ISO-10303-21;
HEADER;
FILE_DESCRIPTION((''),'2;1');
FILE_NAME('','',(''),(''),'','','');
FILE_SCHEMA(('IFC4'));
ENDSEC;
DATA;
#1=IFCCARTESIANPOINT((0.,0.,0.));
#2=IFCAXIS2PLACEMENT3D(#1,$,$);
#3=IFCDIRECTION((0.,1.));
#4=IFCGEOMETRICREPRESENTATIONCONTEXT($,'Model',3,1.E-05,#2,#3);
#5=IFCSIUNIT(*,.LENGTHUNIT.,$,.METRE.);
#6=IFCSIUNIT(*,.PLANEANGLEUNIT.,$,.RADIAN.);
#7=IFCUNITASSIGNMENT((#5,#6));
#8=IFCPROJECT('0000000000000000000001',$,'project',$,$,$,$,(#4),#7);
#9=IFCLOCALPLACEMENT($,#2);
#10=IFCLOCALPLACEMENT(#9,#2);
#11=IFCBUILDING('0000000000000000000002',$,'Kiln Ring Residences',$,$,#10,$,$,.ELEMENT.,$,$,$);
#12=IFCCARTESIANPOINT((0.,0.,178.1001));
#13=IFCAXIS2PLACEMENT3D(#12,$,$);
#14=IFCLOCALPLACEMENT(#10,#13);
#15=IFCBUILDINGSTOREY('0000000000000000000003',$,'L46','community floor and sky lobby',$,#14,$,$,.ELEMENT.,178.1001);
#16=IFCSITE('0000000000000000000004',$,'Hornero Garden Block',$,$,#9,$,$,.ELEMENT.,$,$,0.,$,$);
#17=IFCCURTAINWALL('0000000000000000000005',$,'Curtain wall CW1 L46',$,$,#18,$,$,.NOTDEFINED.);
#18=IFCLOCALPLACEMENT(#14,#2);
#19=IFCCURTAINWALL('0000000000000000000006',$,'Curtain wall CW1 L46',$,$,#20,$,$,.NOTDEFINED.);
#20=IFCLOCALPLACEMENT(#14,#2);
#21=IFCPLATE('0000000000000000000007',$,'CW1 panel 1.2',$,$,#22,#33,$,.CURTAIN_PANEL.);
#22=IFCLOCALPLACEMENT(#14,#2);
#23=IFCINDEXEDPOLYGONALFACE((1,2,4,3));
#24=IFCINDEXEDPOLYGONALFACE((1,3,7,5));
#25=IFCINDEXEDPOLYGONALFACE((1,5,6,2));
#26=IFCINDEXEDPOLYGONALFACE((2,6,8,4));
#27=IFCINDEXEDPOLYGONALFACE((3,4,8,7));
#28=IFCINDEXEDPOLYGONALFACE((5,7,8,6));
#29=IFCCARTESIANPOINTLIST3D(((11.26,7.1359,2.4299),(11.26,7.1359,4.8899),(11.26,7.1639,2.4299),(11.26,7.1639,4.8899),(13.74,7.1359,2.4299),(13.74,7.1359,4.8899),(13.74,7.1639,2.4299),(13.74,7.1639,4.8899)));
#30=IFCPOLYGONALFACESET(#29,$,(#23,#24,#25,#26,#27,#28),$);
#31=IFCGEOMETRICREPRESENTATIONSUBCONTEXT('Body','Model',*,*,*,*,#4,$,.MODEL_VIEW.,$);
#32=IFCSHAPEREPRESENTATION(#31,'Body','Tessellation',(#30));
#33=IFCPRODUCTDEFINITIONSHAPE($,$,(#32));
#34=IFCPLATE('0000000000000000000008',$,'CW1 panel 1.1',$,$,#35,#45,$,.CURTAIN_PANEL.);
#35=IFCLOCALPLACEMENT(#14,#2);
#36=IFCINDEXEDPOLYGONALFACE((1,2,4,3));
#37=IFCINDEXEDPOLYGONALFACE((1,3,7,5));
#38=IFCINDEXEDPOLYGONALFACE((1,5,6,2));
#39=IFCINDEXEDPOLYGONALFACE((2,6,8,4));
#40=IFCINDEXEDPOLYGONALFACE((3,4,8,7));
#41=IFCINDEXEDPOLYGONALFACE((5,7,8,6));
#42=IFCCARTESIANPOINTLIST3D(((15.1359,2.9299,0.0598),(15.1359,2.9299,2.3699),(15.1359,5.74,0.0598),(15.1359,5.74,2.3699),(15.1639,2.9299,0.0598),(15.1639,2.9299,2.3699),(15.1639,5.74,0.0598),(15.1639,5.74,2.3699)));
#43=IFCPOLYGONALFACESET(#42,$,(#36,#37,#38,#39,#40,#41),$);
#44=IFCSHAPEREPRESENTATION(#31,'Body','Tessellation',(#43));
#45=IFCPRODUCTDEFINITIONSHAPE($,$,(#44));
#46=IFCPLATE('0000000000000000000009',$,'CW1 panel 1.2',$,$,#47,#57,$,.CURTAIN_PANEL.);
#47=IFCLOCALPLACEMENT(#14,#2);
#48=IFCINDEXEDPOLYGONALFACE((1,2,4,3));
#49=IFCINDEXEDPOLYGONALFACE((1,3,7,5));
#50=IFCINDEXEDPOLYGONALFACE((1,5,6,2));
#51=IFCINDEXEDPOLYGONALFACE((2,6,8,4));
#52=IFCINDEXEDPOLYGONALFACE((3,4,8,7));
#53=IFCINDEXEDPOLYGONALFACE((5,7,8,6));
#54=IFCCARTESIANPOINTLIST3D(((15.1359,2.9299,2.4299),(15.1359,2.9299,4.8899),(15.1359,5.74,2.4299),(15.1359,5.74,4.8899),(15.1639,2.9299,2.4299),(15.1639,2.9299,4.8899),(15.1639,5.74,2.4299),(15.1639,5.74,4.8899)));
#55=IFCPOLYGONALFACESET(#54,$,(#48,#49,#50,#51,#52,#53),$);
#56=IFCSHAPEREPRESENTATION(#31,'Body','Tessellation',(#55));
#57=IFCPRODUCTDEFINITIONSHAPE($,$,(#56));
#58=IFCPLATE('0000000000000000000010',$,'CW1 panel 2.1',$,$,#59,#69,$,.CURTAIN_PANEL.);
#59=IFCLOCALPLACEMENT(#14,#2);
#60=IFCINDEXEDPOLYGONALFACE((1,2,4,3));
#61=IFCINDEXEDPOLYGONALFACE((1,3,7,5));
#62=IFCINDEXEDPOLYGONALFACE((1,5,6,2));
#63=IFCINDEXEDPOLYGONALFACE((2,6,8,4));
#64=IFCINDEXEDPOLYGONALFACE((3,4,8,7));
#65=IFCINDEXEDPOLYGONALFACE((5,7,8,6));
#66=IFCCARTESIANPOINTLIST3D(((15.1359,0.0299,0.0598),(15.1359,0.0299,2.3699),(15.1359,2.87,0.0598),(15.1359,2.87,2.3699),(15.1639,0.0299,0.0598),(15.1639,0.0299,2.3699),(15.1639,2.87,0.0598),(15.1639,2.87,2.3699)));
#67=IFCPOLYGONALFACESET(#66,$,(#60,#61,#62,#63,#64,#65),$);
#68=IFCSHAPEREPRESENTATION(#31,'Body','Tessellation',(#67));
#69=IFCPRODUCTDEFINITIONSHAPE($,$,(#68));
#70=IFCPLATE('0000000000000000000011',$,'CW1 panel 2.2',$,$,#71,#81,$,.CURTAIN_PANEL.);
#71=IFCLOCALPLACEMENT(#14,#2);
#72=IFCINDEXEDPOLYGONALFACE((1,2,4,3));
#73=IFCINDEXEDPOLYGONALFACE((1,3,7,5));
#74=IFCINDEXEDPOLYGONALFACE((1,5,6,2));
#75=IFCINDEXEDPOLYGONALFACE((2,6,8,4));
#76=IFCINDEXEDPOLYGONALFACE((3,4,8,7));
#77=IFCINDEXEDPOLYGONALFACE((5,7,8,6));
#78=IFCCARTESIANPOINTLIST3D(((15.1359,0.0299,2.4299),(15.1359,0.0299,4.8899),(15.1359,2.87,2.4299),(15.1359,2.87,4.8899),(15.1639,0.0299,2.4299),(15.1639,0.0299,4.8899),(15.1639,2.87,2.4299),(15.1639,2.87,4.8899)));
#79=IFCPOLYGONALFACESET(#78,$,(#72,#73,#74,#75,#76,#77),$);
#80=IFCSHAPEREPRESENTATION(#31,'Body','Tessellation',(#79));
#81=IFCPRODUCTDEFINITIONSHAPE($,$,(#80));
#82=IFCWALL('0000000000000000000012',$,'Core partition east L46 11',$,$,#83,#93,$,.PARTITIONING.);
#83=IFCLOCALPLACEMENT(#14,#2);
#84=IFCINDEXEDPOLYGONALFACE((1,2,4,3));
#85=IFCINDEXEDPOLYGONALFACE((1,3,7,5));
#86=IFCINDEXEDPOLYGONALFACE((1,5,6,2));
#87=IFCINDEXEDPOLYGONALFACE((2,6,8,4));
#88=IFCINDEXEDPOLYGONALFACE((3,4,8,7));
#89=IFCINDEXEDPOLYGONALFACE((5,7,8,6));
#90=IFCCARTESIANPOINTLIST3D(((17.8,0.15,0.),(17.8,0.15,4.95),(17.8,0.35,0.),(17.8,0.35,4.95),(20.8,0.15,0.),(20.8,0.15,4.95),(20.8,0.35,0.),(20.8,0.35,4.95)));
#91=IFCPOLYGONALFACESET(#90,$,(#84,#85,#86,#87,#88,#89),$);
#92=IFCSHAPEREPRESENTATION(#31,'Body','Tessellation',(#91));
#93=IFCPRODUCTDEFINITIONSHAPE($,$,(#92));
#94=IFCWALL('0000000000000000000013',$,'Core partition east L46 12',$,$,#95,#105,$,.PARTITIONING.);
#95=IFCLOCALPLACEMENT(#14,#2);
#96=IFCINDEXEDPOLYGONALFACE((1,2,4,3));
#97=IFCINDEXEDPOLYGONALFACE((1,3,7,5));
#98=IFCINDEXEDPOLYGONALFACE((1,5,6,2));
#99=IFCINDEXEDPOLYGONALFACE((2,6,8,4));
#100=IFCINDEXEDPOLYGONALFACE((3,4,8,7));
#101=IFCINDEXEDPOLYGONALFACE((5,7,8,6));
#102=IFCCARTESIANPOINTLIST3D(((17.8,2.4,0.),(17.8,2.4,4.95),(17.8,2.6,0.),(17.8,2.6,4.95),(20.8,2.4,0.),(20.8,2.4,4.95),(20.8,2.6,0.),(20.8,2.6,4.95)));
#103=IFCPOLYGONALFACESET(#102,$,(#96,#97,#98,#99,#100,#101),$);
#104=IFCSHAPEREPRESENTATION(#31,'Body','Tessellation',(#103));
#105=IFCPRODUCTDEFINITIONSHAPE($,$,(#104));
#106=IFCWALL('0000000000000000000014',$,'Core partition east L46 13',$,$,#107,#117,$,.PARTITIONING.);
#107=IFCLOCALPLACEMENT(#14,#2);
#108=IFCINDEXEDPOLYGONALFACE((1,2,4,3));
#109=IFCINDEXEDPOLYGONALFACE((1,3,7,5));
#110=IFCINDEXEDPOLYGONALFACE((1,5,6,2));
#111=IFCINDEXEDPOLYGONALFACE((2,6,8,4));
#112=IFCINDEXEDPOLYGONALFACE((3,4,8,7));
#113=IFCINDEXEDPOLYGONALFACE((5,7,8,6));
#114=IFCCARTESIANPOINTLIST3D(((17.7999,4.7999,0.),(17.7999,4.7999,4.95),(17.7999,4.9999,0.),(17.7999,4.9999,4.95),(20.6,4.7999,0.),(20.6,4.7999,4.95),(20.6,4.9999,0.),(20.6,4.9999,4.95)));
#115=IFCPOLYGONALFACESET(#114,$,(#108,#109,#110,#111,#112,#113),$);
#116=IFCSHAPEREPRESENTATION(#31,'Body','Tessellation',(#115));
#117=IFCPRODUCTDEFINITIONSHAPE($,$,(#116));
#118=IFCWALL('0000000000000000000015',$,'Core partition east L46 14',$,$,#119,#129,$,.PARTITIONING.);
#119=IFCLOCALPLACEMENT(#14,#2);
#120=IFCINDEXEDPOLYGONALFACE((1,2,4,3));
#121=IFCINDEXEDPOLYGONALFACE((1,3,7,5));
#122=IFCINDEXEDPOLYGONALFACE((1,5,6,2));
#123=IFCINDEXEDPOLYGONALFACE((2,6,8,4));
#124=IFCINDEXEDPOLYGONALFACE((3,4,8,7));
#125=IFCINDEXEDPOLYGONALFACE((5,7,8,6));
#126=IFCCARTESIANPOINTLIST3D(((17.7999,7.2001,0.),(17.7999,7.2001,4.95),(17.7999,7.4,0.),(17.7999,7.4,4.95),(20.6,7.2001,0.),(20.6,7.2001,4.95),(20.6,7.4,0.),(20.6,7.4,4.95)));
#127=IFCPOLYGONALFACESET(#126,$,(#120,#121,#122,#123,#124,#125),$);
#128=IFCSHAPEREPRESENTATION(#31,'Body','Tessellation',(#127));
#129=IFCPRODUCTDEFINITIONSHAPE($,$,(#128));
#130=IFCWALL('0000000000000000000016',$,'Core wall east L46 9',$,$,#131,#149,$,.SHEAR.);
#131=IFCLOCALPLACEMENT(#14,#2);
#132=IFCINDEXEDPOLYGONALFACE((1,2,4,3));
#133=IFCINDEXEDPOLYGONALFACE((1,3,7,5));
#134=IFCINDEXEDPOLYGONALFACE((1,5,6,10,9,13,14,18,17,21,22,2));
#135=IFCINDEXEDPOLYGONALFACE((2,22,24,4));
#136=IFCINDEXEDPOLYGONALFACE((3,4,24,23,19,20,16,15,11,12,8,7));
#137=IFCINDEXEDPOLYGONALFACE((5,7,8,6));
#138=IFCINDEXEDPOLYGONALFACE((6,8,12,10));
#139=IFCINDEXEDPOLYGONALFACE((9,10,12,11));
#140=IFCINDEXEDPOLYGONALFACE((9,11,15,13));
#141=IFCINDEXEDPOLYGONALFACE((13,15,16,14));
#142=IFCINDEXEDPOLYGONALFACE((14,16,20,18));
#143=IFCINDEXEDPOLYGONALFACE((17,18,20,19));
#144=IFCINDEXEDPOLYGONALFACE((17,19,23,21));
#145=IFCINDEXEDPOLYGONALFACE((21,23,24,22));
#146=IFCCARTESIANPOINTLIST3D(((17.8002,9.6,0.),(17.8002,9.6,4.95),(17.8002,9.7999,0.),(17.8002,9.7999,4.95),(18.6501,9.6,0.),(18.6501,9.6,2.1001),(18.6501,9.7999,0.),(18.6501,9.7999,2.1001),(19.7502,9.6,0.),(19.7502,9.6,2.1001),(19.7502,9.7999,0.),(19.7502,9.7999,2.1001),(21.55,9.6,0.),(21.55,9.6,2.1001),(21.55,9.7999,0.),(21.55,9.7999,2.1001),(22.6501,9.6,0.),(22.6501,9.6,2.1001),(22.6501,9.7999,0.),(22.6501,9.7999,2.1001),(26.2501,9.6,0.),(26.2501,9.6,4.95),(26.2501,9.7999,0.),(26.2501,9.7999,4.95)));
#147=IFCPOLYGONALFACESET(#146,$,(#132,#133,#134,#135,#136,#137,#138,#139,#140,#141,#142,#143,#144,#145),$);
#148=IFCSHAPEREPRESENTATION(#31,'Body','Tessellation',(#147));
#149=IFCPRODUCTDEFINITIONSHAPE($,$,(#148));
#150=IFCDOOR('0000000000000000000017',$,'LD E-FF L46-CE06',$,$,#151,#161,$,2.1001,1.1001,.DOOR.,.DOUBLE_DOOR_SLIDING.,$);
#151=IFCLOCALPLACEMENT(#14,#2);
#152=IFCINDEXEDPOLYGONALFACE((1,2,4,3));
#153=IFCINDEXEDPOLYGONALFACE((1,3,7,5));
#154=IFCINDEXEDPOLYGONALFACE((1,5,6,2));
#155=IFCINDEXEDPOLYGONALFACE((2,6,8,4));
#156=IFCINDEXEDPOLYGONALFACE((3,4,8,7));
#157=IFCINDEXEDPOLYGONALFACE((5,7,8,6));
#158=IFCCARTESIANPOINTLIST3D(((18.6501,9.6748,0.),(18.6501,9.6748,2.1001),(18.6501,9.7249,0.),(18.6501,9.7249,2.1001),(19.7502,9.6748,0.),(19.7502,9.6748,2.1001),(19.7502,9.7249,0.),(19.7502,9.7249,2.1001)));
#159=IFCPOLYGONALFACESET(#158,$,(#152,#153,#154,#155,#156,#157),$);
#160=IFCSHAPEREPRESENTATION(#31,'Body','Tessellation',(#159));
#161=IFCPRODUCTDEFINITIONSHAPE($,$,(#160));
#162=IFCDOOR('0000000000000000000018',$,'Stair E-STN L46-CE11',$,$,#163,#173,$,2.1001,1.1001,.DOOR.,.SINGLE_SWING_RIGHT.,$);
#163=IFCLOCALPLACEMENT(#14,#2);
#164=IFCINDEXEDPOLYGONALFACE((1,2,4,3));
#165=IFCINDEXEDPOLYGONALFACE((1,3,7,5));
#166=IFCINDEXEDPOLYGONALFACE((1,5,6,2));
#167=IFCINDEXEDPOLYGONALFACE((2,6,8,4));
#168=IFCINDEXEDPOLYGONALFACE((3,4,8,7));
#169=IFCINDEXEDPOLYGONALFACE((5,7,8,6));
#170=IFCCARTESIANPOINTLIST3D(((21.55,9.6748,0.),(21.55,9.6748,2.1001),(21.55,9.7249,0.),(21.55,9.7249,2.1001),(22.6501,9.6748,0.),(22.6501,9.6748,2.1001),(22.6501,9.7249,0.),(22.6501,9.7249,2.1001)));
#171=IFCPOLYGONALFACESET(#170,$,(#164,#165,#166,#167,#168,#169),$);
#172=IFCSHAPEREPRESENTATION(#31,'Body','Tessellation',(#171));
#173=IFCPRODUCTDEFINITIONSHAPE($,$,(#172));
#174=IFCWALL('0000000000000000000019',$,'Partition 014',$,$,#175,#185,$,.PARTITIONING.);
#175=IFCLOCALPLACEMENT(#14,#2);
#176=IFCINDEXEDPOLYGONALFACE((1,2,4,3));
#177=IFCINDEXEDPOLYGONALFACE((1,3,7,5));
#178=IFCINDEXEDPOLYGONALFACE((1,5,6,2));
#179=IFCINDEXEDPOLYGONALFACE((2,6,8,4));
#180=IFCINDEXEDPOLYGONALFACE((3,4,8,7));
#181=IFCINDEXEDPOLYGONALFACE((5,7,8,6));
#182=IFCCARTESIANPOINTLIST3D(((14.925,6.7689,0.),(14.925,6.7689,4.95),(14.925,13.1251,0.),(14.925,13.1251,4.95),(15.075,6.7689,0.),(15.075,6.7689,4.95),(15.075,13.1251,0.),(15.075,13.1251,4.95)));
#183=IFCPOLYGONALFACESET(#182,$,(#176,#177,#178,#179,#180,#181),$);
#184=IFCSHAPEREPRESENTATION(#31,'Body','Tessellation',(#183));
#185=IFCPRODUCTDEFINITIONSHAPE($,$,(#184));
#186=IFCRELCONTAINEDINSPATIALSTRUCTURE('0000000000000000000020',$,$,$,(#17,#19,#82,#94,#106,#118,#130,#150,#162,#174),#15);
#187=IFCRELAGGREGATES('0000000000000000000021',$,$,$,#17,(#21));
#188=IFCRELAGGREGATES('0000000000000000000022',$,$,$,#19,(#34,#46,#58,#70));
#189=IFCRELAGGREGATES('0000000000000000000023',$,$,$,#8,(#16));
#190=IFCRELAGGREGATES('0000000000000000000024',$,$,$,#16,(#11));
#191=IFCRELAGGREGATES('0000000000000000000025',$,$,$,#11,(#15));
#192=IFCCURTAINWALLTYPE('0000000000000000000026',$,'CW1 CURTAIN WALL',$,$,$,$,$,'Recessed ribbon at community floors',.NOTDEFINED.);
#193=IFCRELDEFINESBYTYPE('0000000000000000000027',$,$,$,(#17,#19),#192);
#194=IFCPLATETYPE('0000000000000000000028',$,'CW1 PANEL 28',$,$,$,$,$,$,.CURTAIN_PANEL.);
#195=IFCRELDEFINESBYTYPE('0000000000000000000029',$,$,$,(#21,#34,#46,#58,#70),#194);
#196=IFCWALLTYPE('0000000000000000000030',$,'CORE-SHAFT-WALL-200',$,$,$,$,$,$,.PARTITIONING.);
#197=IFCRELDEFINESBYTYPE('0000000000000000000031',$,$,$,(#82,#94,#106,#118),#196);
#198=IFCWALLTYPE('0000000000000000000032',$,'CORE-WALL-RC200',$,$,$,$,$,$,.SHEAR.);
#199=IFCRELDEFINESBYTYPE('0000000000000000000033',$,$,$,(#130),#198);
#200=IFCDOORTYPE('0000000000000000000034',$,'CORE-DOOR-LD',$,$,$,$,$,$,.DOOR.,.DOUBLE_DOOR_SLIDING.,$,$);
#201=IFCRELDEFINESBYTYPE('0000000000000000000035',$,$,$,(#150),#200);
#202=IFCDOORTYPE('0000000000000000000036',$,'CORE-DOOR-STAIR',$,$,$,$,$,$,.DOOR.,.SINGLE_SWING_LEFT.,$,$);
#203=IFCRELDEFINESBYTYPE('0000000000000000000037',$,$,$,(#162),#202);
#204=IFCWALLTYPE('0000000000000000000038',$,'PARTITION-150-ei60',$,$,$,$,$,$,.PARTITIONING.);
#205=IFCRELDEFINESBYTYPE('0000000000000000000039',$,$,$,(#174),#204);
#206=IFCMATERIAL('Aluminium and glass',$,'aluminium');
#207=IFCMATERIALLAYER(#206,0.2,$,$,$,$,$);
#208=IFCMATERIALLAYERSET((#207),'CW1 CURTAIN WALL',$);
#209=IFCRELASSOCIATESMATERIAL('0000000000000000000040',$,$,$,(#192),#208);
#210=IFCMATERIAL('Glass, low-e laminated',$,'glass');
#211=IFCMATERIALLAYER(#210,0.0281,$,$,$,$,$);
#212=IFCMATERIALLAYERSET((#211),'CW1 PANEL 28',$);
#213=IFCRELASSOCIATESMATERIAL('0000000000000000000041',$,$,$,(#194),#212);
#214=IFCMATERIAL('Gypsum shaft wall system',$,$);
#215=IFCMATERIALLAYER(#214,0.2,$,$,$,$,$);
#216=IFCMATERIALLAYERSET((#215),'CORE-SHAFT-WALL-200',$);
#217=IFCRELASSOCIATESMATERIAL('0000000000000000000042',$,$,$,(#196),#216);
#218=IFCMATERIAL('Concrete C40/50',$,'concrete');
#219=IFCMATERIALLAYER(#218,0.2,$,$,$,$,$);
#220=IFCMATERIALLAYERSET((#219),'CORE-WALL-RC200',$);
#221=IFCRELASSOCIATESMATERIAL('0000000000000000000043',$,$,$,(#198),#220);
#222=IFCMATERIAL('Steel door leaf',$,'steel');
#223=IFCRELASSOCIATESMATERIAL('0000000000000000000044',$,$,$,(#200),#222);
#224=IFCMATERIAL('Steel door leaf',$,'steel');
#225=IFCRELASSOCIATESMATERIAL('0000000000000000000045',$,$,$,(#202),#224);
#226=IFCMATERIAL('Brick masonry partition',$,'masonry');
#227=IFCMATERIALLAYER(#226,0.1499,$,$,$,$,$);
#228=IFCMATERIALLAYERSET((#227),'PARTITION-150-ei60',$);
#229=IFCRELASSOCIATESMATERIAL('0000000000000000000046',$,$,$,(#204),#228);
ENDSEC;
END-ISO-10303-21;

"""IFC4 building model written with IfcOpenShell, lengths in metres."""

from ifc_helpers import new_model, si_unit, direction, frame, frame_2d, origin, origin_2d, place, context, subcontext, project, spatial, rectangle, extrude, material, layer, layer_set, type_object, element, fill, aggregate, save


model = new_model("IFC4")

# Units and contexts
model_context = context("Model", 3, precision=1e-05, world=origin(), true_north=direction((0.0, 1.0)))
body_context = subcontext(model_context, "Body", "Model", "MODEL_VIEW")
ifc_project = project(units=[si_unit("LENGTHUNIT", "METRE"), si_unit("PLANEANGLEUNIT", "RADIAN")], contexts=[model_context])

# Site, building, storey
site_placement = place(None, origin())
site = spatial("IfcSite", under=ifc_project, at=site_placement, Name="Hornero Garden Block", CompositionType="ELEMENT", RefElevation=0.0)
building_placement = place(site_placement, origin())
building = spatial("IfcBuilding", under=site, at=building_placement, Name="Kiln Ring Residences", CompositionType="ELEMENT")
storey_placement = place(building_placement, frame((0.0, 0.0, 178.1001)))
storey = spatial("IfcBuildingStorey", under=building, at=storey_placement, Name="L46", Description="community floor and sky lobby", CompositionType="ELEMENT", Elevation=178.1001)

# Curtain wall
ifc_material_1 = material(Name="Aluminium and glass", Category="aluminium")
ifc_layer_1 = layer(ifc_material_1, 0.2)
ifc_layer_set_1 = layer_set([ifc_layer_1], Name="CW1 CURTAIN WALL")
curtain_wall_type = type_object("IfcCurtainWallType", Name="CW1 CURTAIN WALL", ElementType="Recessed ribbon at community floors", PredefinedType="NOTDEFINED", material=ifc_layer_set_1)
placement = place(storey_placement, origin())
curtain_wall_1 = element("IfcCurtainWall", 1, at=placement, inside=storey, type_object=curtain_wall_type, Name="Curtain wall CW1 L46", PredefinedType="NOTDEFINED")

# Curtain wall
curtain_wall_2 = element("IfcCurtainWall", 2, at=placement, inside=storey, type_object=curtain_wall_type, Name="Curtain wall CW1 L46", PredefinedType="NOTDEFINED")

# Plates
ifc_material_2 = material(Name="Glass, low-e laminated", Category="glass")
ifc_layer_2 = layer(ifc_material_2, 0.0281)
ifc_layer_set_2 = layer_set([ifc_layer_2], Name="CW1 PANEL 28")
plate_type = type_object("IfcPlateType", Name="CW1 PANEL 28", PredefinedType="CURTAIN_PANEL", material=ifc_layer_set_2)
plate_1_placement = place(storey_placement, frame((12.5, 7.1499, 2.4299), z_axis=(0.0, 0.0, 1.0), x_axis=(1.0, 0.0, 0.0)))
plate_1 = element("IfcPlate", 3, at=plate_1_placement, type_object=plate_type, Name="CW1 panel 1.2", PredefinedType="CURTAIN_PANEL", context=body_context, shape_type="SweptSolid", body=[
    extrude(rectangle(XDim=2.48, YDim=0.0281, at=origin_2d()), origin(), (0.0, 0.0, 1.0), 2.46),
])
aggregate(curtain_wall_1, [plate_1])
plate_2_placement = place(storey_placement, frame((15.1499, 4.335, 0.0598), z_axis=(0.0, 0.0, 1.0), x_axis=(0.0, -1.0, 0.0)))
plate_2 = element("IfcPlate", 4, at=plate_2_placement, type_object=plate_type, Name="CW1 panel 1.1", PredefinedType="CURTAIN_PANEL", context=body_context, shape_type="SweptSolid", body=[
    extrude(rectangle(XDim=2.8101, YDim=0.0281, at=origin_2d()), origin(), (0.0, 0.0, 1.0), 2.3101),
])
plate_3_placement = place(storey_placement, frame((15.1499, 4.335, 2.4299), z_axis=(0.0, 0.0, 1.0), x_axis=(0.0, -1.0, 0.0)))
plate_3 = element("IfcPlate", 5, at=plate_3_placement, type_object=plate_type, Name="CW1 panel 1.2", PredefinedType="CURTAIN_PANEL", context=body_context, shape_type="SweptSolid", body=[
    extrude(rectangle(XDim=2.8101, YDim=0.0281, at=origin_2d()), origin(), (0.0, 0.0, 1.0), 2.46),
])
plate_4_placement = place(storey_placement, frame((15.1499, 1.45, 0.0598), z_axis=(0.0, 0.0, 1.0), x_axis=(0.0, -1.0, 0.0)))
plate_4 = element("IfcPlate", 6, at=plate_4_placement, type_object=plate_type, Name="CW1 panel 2.1", PredefinedType="CURTAIN_PANEL", context=body_context, shape_type="SweptSolid", body=[
    extrude(rectangle(XDim=2.8401, YDim=0.0281, at=origin_2d()), origin(), (0.0, 0.0, 1.0), 2.3101),
])
plate_5_placement = place(storey_placement, frame((15.1499, 1.45, 2.4299), z_axis=(0.0, 0.0, 1.0), x_axis=(0.0, -1.0, 0.0)))
plate_5 = element("IfcPlate", 7, at=plate_5_placement, type_object=plate_type, Name="CW1 panel 2.2", PredefinedType="CURTAIN_PANEL", context=body_context, shape_type="SweptSolid", body=[
    extrude(rectangle(XDim=2.8401, YDim=0.0281, at=origin_2d()), origin(), (0.0, 0.0, 1.0), 2.46),
])
aggregate(curtain_wall_2, [plate_2, plate_3, plate_4, plate_5])

# Walls
ifc_material_3 = material(Name="Gypsum shaft wall system")
ifc_layer_3 = layer(ifc_material_3, 0.2)
ifc_layer_set_3 = layer_set([ifc_layer_3], Name="CORE-SHAFT-WALL-200")
wall_type_1 = type_object("IfcWallType", Name="CORE-SHAFT-WALL-200", PredefinedType="PARTITIONING", material=ifc_layer_set_3)
for number, where, z_axis, x_axis, name in (
    (8, (17.8, 0.25, 0.0), (0.0, 0.0, 1.0), (1.0, 0.0, 0.0), "Core partition east L46 11"),
    (9, (17.8, 2.5, 0.0), (0.0, 0.0, 1.0), (1.0, 0.0, 0.0), "Core partition east L46 12"),
):
    element("IfcWall", number, at=place(storey_placement, frame(where, z_axis=z_axis, x_axis=x_axis)), inside=storey, type_object=wall_type_1, Name=name, PredefinedType="PARTITIONING", context=body_context, shape_type="SweptSolid", body=[
        extrude(rectangle(XDim=3.0, YDim=0.2, at=frame_2d((1.5, 0.0))), origin(), (0.0, 0.0, 1.0), 4.95),
    ])
for number, where, z_axis, x_axis, name in (
    (10, (17.8, 4.8999, 0.0), (0.0, 0.0, 1.0), (1.0, 0.0, 0.0), "Core partition east L46 13"),
    (11, (17.8, 7.3, 0.0), (0.0, 0.0, 1.0), (1.0, 0.0, 0.0), "Core partition east L46 14"),
):
    element("IfcWall", number, at=place(storey_placement, frame(where, z_axis=z_axis, x_axis=x_axis)), inside=storey, type_object=wall_type_1, Name=name, PredefinedType="PARTITIONING", context=body_context, shape_type="SweptSolid", body=[
        extrude(rectangle(XDim=2.8, YDim=0.2, at=frame_2d((1.3999, 0.0))), origin(), (0.0, 0.0, 1.0), 4.95),
    ])

# Wall, openings, doors
ifc_material_4 = material(Name="Concrete C40/50", Category="concrete")
ifc_layer_4 = layer(ifc_material_4, 0.2)
ifc_layer_set_4 = layer_set([ifc_layer_4], Name="CORE-WALL-RC200")
wall_type_2 = type_object("IfcWallType", Name="CORE-WALL-RC200", PredefinedType="SHEAR", material=ifc_layer_set_4)
wall_1_placement = place(storey_placement, frame((17.8, 9.7, 0.0), z_axis=(0.0, 0.0, 1.0), x_axis=(1.0, 0.0, 0.0)))
wall_1 = element("IfcWall", 12, at=wall_1_placement, inside=storey, type_object=wall_type_2, Name="Core wall east L46 9", PredefinedType="SHEAR", context=body_context, shape_type="SweptSolid", body=[
    extrude(rectangle(XDim=8.45, YDim=0.2, at=frame_2d((4.2251, 0.0))), origin(), (0.0, 0.0, 1.0), 4.95),
])
opening_1_placement = place(wall_1_placement, frame((0.8501, 0.0, 0.0)))
opening_1 = element("IfcOpeningElement", 13, at=opening_1_placement, cuts=wall_1, PredefinedType="OPENING", context=body_context, shape_type="SweptSolid", body=[
    extrude(rectangle(XDim=1.1001, YDim=2.1001, at=frame_2d((0.55, 1.05))), frame((0.0, 0.1099, 0.0), z_axis=(0.0, -1.0, 0.0), x_axis=(1.0, 0.0, 0.0)), (0.0, 0.0, 1.0), 0.22),
])
opening_2_placement = place(wall_1_placement, frame((3.75, 0.0, 0.0)))
opening_2 = element("IfcOpeningElement", 14, at=opening_2_placement, cuts=wall_1, PredefinedType="OPENING", context=body_context, shape_type="SweptSolid", body=[
    extrude(rectangle(XDim=1.1001, YDim=2.1001, at=frame_2d((0.55, 1.05))), frame((0.0, 0.1099, 0.0), z_axis=(0.0, -1.0, 0.0), x_axis=(1.0, 0.0, 0.0)), (0.0, 0.0, 1.0), 0.22),
])
ifc_material_5 = material(Name="Steel door leaf", Category="steel")
door_type_1 = type_object("IfcDoorType", Name="CORE-DOOR-LD", OperationType="DOUBLE_DOOR_SLIDING", PredefinedType="DOOR", material=ifc_material_5)
door_1_placement = place(opening_1_placement, origin())
door_1 = element("IfcDoor", 15, at=door_1_placement, inside=storey, type_object=door_type_1, Name="LD E-FF L46-CE06", OperationType="DOUBLE_DOOR_SLIDING", OverallHeight=2.1001, OverallWidth=1.1001, PredefinedType="DOOR", context=body_context, shape_type="SweptSolid", body=[
    extrude(rectangle(XDim=1.1001, YDim=2.1001, at=frame_2d((0.55, 1.05))), frame((0.0, 0.0249, 0.0), z_axis=(0.0, -1.0, 0.0), x_axis=(1.0, 0.0, 0.0)), (0.0, 0.0, 1.0), 0.05),
])
fill(opening_1, door_1)
ifc_material_6 = material(Name="Steel door leaf", Category="steel")
door_type_2 = type_object("IfcDoorType", Name="CORE-DOOR-STAIR", OperationType="SINGLE_SWING_LEFT", PredefinedType="DOOR", material=ifc_material_6)
door_2_placement = place(opening_2_placement, origin())
door_2 = element("IfcDoor", 16, at=door_2_placement, inside=storey, type_object=door_type_2, Name="Stair E-STN L46-CE11", OperationType="SINGLE_SWING_RIGHT", OverallHeight=2.1001, OverallWidth=1.1001, PredefinedType="DOOR", context=body_context, shape_type="SweptSolid", body=[
    extrude(rectangle(XDim=1.1001, YDim=2.1001, at=frame_2d((0.55, 1.05))), frame((0.0, 0.0249, 0.0), z_axis=(0.0, -1.0, 0.0), x_axis=(1.0, 0.0, 0.0)), (0.0, 0.0, 1.0), 0.05),
])
fill(opening_2, door_2)

# Wall
ifc_material_7 = material(Name="Brick masonry partition", Category="masonry")
ifc_layer_5 = layer(ifc_material_7, 0.1499)
ifc_layer_set_5 = layer_set([ifc_layer_5], Name="PARTITION-150-ei60")
wall_type_3 = type_object("IfcWallType", Name="PARTITION-150-ei60", PredefinedType="PARTITIONING", material=ifc_layer_set_5)
wall_2_placement = place(storey_placement, frame((15.0, 6.7688, 0.0), z_axis=(0.0, 0.0, 1.0), x_axis=(0.0, 1.0, 0.0)))
element("IfcWall", 17, at=wall_2_placement, inside=storey, type_object=wall_type_3, Name="Partition 014", PredefinedType="PARTITIONING", context=body_context, shape_type="SweptSolid", body=[
    extrude(rectangle(XDim=6.3562, YDim=0.1499, at=frame_2d((3.1782, 0.0))), origin(), (0.0, 0.0, 1.0), 4.95),
])

save(model, "model.ifc")
